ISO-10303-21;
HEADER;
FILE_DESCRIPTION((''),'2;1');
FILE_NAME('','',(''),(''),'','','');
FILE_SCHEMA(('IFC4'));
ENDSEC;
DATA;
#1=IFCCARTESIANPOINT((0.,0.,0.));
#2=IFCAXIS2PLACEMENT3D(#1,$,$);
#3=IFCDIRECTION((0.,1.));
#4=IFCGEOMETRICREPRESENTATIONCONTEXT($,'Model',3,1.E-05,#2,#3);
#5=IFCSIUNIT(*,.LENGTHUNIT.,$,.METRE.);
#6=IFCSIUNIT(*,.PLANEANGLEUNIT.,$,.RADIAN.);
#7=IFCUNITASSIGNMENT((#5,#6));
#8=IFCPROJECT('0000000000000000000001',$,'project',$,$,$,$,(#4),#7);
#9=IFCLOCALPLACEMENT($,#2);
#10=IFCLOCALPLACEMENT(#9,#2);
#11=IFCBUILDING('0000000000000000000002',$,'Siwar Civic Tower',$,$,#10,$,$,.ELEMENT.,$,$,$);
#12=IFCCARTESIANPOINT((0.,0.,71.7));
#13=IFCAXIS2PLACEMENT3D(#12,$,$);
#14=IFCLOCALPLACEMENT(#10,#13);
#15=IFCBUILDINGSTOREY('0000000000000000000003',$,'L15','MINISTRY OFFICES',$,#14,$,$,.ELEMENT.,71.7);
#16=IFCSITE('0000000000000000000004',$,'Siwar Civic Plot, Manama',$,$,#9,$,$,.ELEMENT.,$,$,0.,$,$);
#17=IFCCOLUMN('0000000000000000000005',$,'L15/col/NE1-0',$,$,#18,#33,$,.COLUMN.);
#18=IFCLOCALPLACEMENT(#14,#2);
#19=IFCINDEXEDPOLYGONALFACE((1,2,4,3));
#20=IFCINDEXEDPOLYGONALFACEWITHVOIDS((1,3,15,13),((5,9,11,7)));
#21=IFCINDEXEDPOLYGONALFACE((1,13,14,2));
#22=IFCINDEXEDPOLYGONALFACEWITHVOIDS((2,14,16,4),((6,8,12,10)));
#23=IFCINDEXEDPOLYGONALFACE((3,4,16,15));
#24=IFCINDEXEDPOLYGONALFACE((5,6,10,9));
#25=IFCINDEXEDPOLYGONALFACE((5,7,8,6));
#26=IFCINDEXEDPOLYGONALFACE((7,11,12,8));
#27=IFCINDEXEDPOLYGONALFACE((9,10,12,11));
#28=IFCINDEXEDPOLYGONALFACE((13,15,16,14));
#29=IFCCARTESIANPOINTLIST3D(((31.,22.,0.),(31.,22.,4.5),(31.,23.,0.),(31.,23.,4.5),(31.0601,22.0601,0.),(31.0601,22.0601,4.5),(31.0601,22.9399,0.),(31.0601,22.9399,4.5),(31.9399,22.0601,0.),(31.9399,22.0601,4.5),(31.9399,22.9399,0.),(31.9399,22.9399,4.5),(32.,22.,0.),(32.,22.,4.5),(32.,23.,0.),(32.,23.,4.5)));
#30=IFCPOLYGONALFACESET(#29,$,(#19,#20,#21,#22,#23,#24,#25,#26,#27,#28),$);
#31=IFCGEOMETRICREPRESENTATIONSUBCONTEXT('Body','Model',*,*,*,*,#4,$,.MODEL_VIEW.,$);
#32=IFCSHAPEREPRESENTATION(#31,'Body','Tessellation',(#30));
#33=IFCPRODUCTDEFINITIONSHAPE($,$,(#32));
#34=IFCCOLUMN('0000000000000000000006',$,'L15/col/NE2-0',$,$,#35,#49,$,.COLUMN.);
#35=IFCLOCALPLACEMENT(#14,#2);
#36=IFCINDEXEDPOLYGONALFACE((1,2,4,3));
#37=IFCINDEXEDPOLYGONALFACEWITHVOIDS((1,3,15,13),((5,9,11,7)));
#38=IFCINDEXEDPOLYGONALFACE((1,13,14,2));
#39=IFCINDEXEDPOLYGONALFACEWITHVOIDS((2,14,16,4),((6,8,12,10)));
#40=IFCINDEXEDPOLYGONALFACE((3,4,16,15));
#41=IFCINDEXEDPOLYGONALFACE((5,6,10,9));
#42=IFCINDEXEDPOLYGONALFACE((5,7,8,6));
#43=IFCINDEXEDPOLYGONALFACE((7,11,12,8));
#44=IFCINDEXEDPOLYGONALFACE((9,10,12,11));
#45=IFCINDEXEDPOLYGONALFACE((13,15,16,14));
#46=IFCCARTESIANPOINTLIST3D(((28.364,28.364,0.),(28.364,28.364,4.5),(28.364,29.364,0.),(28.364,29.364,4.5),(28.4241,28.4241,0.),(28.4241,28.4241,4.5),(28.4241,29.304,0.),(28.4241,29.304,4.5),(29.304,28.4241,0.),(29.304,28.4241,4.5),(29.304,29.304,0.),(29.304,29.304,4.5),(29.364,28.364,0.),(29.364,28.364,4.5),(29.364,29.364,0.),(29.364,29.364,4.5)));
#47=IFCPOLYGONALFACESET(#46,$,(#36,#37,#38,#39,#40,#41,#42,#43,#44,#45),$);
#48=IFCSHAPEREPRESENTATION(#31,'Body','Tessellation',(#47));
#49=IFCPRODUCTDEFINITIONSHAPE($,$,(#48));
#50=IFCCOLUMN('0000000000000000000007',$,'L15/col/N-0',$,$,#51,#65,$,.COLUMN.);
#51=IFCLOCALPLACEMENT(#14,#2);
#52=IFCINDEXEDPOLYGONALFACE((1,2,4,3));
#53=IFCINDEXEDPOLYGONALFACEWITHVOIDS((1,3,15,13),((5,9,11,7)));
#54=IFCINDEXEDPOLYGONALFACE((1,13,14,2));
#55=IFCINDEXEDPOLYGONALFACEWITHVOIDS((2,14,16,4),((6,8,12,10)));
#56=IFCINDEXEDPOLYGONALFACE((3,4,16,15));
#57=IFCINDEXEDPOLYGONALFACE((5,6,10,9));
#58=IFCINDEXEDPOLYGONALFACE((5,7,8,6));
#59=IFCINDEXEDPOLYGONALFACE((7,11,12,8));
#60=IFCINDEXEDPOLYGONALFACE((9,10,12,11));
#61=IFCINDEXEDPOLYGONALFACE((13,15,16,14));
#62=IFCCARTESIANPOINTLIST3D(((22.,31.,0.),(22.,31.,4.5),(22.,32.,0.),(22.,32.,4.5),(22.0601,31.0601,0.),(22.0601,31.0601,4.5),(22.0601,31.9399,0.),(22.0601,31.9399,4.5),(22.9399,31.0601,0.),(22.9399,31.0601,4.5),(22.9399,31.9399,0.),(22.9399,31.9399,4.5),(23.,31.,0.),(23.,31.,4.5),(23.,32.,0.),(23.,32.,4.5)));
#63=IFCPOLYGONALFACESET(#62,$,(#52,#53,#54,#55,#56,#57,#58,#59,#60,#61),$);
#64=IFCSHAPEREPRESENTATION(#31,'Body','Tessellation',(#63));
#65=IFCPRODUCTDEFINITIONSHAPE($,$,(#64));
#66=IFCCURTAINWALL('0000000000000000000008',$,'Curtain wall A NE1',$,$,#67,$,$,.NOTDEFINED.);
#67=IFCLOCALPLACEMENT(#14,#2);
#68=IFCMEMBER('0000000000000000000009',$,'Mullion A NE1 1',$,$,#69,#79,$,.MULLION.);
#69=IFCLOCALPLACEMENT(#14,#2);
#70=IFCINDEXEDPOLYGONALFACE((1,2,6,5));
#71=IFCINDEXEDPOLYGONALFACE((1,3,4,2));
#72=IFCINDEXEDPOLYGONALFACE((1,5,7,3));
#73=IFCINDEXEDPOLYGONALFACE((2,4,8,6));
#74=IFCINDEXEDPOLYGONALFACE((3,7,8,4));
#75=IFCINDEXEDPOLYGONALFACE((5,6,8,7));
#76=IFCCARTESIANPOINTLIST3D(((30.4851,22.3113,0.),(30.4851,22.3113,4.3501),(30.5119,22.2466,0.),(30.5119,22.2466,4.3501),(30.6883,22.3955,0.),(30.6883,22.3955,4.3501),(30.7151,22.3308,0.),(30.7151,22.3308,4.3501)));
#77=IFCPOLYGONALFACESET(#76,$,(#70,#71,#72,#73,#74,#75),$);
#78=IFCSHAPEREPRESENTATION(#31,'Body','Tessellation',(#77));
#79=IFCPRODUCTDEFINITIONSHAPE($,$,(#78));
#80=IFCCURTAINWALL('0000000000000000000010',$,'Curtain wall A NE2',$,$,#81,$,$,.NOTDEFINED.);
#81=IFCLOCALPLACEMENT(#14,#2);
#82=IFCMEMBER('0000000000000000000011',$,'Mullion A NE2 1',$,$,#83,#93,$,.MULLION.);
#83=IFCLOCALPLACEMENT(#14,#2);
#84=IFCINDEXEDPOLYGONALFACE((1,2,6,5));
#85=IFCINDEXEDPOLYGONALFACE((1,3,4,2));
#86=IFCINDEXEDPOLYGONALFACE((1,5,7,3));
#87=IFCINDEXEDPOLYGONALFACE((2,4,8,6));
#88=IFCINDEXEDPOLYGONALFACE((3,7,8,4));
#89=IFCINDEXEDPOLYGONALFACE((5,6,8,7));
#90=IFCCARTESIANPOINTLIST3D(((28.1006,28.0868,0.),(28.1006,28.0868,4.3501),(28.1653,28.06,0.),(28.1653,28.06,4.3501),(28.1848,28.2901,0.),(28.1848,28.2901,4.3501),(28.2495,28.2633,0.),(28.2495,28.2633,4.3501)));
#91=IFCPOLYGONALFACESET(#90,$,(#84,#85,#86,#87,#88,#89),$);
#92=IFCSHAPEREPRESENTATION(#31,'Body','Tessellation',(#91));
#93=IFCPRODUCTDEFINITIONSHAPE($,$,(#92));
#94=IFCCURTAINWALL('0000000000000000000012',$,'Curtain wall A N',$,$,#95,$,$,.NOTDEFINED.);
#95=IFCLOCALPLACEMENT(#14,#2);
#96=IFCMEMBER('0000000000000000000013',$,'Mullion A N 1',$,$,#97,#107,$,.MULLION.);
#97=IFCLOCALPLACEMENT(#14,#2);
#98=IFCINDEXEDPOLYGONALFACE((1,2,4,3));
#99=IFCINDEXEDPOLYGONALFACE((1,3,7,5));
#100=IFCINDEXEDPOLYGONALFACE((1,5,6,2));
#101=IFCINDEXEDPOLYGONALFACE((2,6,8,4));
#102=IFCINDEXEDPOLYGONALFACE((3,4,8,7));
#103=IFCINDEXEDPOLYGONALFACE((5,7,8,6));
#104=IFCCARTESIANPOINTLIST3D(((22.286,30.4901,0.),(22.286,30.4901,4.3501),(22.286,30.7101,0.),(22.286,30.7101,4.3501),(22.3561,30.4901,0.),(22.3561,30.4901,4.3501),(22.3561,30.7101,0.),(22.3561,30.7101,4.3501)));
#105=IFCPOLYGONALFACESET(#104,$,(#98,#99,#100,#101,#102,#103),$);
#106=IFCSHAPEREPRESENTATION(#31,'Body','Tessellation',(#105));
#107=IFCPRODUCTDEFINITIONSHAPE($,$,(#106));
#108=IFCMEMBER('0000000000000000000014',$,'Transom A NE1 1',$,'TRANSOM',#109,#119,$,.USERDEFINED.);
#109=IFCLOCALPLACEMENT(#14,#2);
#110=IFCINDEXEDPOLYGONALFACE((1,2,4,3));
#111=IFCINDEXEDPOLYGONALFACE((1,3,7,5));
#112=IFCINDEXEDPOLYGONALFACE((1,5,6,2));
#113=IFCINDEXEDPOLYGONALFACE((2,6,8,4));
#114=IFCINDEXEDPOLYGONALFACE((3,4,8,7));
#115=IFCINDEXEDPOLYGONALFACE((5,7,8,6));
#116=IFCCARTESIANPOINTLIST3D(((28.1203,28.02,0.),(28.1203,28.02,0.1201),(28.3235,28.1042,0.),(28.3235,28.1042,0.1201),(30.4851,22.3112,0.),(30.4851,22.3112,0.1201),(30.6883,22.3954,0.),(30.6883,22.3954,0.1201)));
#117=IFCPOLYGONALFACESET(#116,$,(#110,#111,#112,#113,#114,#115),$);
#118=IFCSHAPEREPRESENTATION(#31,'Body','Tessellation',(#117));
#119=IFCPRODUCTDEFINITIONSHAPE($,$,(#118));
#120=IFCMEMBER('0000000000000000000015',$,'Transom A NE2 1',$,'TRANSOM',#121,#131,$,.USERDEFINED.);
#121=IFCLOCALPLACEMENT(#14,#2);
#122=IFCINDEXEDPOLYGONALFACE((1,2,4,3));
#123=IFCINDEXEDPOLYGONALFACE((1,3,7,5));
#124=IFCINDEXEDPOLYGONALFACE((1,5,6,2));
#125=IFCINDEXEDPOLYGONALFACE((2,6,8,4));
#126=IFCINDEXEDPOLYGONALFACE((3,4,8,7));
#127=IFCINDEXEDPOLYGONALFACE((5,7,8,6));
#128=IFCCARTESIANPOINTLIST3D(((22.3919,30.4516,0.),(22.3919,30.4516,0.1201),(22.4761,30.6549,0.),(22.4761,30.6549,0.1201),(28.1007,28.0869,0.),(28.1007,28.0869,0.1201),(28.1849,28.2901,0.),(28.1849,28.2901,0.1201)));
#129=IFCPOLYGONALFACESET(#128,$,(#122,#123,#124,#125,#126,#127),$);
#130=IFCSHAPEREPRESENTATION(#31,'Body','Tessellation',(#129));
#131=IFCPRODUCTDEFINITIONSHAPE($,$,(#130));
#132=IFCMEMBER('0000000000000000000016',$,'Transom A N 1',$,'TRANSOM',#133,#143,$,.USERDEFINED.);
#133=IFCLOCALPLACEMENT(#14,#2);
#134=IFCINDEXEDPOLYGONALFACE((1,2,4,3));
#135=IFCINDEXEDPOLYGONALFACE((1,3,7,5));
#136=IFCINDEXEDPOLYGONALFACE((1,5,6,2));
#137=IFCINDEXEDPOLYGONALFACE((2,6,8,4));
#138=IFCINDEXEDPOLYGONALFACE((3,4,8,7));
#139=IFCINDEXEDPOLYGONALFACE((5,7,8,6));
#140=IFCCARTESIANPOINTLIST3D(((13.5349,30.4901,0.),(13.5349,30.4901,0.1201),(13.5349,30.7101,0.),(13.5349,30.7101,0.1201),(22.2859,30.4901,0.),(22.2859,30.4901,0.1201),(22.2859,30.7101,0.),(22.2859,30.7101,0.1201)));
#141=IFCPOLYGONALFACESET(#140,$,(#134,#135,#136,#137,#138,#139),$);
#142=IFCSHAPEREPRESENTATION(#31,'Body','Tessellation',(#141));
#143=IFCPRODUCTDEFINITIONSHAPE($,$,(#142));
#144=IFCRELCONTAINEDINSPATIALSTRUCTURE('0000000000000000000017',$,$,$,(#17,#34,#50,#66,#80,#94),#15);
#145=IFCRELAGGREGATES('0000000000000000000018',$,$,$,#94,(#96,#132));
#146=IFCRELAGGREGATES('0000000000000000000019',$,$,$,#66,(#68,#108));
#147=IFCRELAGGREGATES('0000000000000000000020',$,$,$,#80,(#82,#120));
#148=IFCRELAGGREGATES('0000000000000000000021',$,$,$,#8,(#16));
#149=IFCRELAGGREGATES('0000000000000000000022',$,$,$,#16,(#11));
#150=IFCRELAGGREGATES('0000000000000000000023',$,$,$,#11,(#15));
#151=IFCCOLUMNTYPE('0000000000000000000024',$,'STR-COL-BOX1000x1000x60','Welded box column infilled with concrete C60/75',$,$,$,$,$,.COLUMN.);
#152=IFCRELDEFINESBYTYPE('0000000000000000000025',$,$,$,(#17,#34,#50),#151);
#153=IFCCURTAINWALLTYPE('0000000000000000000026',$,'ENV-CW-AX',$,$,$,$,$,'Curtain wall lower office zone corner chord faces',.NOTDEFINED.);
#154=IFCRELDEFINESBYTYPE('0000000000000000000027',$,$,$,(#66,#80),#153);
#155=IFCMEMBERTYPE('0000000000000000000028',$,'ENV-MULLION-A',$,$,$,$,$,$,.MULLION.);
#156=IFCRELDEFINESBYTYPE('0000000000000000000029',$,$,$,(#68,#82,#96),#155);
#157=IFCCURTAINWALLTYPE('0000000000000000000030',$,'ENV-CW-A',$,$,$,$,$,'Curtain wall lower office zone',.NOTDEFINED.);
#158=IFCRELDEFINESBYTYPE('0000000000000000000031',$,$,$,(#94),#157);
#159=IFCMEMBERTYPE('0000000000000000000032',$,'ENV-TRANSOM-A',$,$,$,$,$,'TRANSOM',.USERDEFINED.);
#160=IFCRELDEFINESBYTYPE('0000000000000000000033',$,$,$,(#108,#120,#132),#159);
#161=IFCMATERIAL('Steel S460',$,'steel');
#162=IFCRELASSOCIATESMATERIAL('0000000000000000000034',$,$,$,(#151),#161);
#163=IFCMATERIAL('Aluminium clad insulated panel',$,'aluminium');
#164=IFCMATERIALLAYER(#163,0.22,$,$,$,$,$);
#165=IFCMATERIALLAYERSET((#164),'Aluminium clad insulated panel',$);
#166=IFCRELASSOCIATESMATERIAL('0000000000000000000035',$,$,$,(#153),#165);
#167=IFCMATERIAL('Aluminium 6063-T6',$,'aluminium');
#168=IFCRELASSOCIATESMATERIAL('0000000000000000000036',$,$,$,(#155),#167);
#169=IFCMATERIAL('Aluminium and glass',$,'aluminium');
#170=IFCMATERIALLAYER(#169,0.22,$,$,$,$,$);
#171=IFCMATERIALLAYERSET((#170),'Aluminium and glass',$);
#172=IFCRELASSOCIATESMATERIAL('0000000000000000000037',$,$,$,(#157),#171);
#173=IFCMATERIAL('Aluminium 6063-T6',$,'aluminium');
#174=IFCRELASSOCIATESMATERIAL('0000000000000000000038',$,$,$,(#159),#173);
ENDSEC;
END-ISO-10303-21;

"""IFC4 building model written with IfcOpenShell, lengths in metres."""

from ifc_helpers import new_model, si_unit, direction, frame, origin, origin_2d, place, context, subcontext, project, spatial, rectangle, hollow_rectangle, extrude, material, layer, layer_set, material_profile, profile_set, type_object, element, aggregate, save


model = new_model("IFC4")

# Units and contexts
model_context = context("Model", 3, precision=1e-05, world=origin(), true_north=direction((0.0, 1.0)))
body_context = subcontext(model_context, "Body", "Model", "MODEL_VIEW")
ifc_project = project(units=[si_unit("LENGTHUNIT", "METRE"), si_unit("PLANEANGLEUNIT", "RADIAN")], contexts=[model_context])

# Site, building, storey
site_placement = place(None, origin())
site = spatial("IfcSite", under=ifc_project, at=site_placement, Name="Siwar Civic Plot, Manama", CompositionType="ELEMENT", RefElevation=0.0)
building_placement = place(site_placement, origin())
building = spatial("IfcBuilding", under=site, at=building_placement, Name="Siwar Civic Tower", CompositionType="ELEMENT")
storey_placement = place(building_placement, frame((0.0, 0.0, 71.7)))
storey = spatial("IfcBuildingStorey", under=building, at=storey_placement, Name="L15", Description="MINISTRY OFFICES", CompositionType="ELEMENT", Elevation=71.7)

# Columns
ifc_material_1 = material(Name="Steel S460", Category="steel")
ifc_material_profile_1 = material_profile(ifc_material_1, hollow_rectangle(XDim=1.0, YDim=1.0, WallThickness=0.0601, at=origin_2d()), Name="BOX1000x1000x60")
ifc_profile_set_1 = profile_set([ifc_material_profile_1], Name="Steel S460")
column_type = type_object("IfcColumnType", Name="STR-COL-BOX1000x1000x60", Description="Welded box column infilled with concrete C60/75", PredefinedType="COLUMN", material=ifc_profile_set_1)
for number, where, z_axis, x_axis, name in (
    (1, (31.5, 22.5, 0.0), (0.0, 0.0, 1.0), (1.0, 0.0, 0.0), "L15/col/NE1-0"),
    (2, (28.864, 28.864, 0.0), (0.0, 0.0, 1.0), (1.0, 0.0, 0.0), "L15/col/NE2-0"),
    (3, (22.5, 31.5, 0.0), (0.0, 0.0, 1.0), (1.0, 0.0, 0.0), "L15/col/N-0"),
):
    element("IfcColumn", number, at=place(storey_placement, frame(where, z_axis=z_axis, x_axis=x_axis)), inside=storey, type_object=column_type, Name=name, PredefinedType="COLUMN", context=body_context, shape_type="SweptSolid", body=[
        extrude(hollow_rectangle(XDim=1.0, YDim=1.0, WallThickness=0.0601, at=origin_2d()), origin(), (0.0, 0.0, 1.0), 4.5),
    ])

# Curtain walls, members
ifc_material_2 = material(Name="Aluminium clad insulated panel", Category="aluminium")
ifc_layer_1 = layer(ifc_material_2, 0.22)
ifc_layer_set_1 = layer_set([ifc_layer_1], Name="Aluminium clad insulated panel")
curtain_wall_type_1 = type_object("IfcCurtainWallType", Name="ENV-CW-AX", ElementType="Curtain wall lower office zone corner chord faces", PredefinedType="NOTDEFINED", material=ifc_layer_set_1)
curtain_wall_1_placement = place(storey_placement, origin())
curtain_wall_1 = element("IfcCurtainWall", 4, at=curtain_wall_1_placement, inside=storey, type_object=curtain_wall_type_1, Name="Curtain wall A NE1", PredefinedType="NOTDEFINED")
ifc_material_3 = material(Name="Aluminium 6063-T6", Category="aluminium")
ifc_material_profile_2 = material_profile(ifc_material_3, rectangle(XDim=0.22, YDim=0.0701, at=origin_2d()), Name="AL 220x70")
ifc_profile_set_2 = profile_set([ifc_material_profile_2], Name="Aluminium 6063-T6")
member_type_1 = type_object("IfcMemberType", Name="ENV-MULLION-A", PredefinedType="MULLION", material=ifc_profile_set_2)
member_1_placement = place(storey_placement, frame((30.6001, 22.321, 0.0), z_axis=(0.0, 0.0, 1.0), x_axis=(-0.92388, -0.382683, 0.0)))
member_1 = element("IfcMember", 5, at=member_1_placement, type_object=member_type_1, Name="Mullion A NE1 1", PredefinedType="MULLION", context=body_context, shape_type="SweptSolid", body=[
    extrude(rectangle(XDim=0.22, YDim=0.0701, at=origin_2d()), origin(), (0.0, 0.0, 1.0), 4.3501),
])
curtain_wall_2_placement = place(storey_placement, origin())
curtain_wall_2 = element("IfcCurtainWall", 6, at=curtain_wall_2_placement, inside=storey, type_object=curtain_wall_type_1, Name="Curtain wall A NE2", PredefinedType="NOTDEFINED")
member_2_placement = place(storey_placement, frame((28.175, 28.175, 0.0), z_axis=(0.0, 0.0, 1.0), x_axis=(-0.382683, -0.92388, 0.0)))
member_2 = element("IfcMember", 7, at=member_2_placement, type_object=member_type_1, Name="Mullion A NE2 1", PredefinedType="MULLION", context=body_context, shape_type="SweptSolid", body=[
    extrude(rectangle(XDim=0.22, YDim=0.0701, at=origin_2d()), origin(), (0.0, 0.0, 1.0), 4.3501),
])
ifc_material_4 = material(Name="Aluminium and glass", Category="aluminium")
ifc_layer_2 = layer(ifc_material_4, 0.22)
ifc_layer_set_2 = layer_set([ifc_layer_2], Name="Aluminium and glass")
curtain_wall_type_2 = type_object("IfcCurtainWallType", Name="ENV-CW-A", ElementType="Curtain wall lower office zone", PredefinedType="NOTDEFINED", material=ifc_layer_set_2)
curtain_wall_3_placement = place(storey_placement, origin())
curtain_wall_3 = element("IfcCurtainWall", 8, at=curtain_wall_3_placement, inside=storey, type_object=curtain_wall_type_2, Name="Curtain wall A N", PredefinedType="NOTDEFINED")
member_3_placement = place(storey_placement, frame((22.321, 30.6001, 0.0), z_axis=(0.0, 0.0, 1.0), x_axis=(0.0, -1.0, 0.0)))
member_3 = element("IfcMember", 9, at=member_3_placement, type_object=member_type_1, Name="Mullion A N 1", PredefinedType="MULLION", context=body_context, shape_type="SweptSolid", body=[
    extrude(rectangle(XDim=0.22, YDim=0.0701, at=origin_2d()), origin(), (0.0, 0.0, 1.0), 4.3501),
])

# Members
ifc_material_5 = material(Name="Aluminium 6063-T6", Category="aluminium")
ifc_material_profile_3 = material_profile(ifc_material_5, rectangle(XDim=0.22, YDim=0.1201, at=origin_2d()), Name="AL 220x120")
ifc_profile_set_3 = profile_set([ifc_material_profile_3], Name="Aluminium 6063-T6")
member_type_2 = type_object("IfcMemberType", Name="ENV-TRANSOM-A", ElementType="TRANSOM", PredefinedType="USERDEFINED", material=ifc_profile_set_3)
member_4_placement = place(storey_placement, frame((30.5867, 22.3533, 0.0601), z_axis=(-0.382698, 0.923873, 0.0), x_axis=(-0.923873, -0.382698, 0.0)))
member_4 = element("IfcMember", 10, at=member_4_placement, type_object=member_type_2, Name="Transom A NE1 1", ObjectType="TRANSOM", PredefinedType="USERDEFINED", context=body_context, shape_type="SweptSolid", body=[
    extrude(rectangle(XDim=0.22, YDim=0.1201, at=origin_2d()), origin(), (0.0, 0.0, 1.0), 6.1792),
])
member_5_placement = place(storey_placement, frame((28.1428, 28.1885, 0.0601), z_axis=(-0.923873, 0.382698, 0.0), x_axis=(-0.382698, -0.923873, 0.0)))
member_5 = element("IfcMember", 11, at=member_5_placement, type_object=member_type_2, Name="Transom A NE2 1", ObjectType="TRANSOM", PredefinedType="USERDEFINED", context=body_context, shape_type="SweptSolid", body=[
    extrude(rectangle(XDim=0.22, YDim=0.1201, at=origin_2d()), origin(), (0.0, 0.0, 1.0), 6.1792),
])
member_6_placement = place(storey_placement, frame((22.2859, 30.6001, 0.0601), z_axis=(-1.0, 0.0, 0.0), x_axis=(0.0, -1.0, 0.0)))
member_6 = element("IfcMember", 12, at=member_6_placement, type_object=member_type_2, Name="Transom A N 1", ObjectType="TRANSOM", PredefinedType="USERDEFINED", context=body_context, shape_type="SweptSolid", body=[
    extrude(rectangle(XDim=0.22, YDim=0.1201, at=origin_2d()), origin(), (0.0, 0.0, 1.0), 8.751),
])

aggregate(curtain_wall_3, [member_3, member_6])
aggregate(curtain_wall_1, [member_1, member_4])
aggregate(curtain_wall_2, [member_2, member_5])

save(model, "model.ifc")
